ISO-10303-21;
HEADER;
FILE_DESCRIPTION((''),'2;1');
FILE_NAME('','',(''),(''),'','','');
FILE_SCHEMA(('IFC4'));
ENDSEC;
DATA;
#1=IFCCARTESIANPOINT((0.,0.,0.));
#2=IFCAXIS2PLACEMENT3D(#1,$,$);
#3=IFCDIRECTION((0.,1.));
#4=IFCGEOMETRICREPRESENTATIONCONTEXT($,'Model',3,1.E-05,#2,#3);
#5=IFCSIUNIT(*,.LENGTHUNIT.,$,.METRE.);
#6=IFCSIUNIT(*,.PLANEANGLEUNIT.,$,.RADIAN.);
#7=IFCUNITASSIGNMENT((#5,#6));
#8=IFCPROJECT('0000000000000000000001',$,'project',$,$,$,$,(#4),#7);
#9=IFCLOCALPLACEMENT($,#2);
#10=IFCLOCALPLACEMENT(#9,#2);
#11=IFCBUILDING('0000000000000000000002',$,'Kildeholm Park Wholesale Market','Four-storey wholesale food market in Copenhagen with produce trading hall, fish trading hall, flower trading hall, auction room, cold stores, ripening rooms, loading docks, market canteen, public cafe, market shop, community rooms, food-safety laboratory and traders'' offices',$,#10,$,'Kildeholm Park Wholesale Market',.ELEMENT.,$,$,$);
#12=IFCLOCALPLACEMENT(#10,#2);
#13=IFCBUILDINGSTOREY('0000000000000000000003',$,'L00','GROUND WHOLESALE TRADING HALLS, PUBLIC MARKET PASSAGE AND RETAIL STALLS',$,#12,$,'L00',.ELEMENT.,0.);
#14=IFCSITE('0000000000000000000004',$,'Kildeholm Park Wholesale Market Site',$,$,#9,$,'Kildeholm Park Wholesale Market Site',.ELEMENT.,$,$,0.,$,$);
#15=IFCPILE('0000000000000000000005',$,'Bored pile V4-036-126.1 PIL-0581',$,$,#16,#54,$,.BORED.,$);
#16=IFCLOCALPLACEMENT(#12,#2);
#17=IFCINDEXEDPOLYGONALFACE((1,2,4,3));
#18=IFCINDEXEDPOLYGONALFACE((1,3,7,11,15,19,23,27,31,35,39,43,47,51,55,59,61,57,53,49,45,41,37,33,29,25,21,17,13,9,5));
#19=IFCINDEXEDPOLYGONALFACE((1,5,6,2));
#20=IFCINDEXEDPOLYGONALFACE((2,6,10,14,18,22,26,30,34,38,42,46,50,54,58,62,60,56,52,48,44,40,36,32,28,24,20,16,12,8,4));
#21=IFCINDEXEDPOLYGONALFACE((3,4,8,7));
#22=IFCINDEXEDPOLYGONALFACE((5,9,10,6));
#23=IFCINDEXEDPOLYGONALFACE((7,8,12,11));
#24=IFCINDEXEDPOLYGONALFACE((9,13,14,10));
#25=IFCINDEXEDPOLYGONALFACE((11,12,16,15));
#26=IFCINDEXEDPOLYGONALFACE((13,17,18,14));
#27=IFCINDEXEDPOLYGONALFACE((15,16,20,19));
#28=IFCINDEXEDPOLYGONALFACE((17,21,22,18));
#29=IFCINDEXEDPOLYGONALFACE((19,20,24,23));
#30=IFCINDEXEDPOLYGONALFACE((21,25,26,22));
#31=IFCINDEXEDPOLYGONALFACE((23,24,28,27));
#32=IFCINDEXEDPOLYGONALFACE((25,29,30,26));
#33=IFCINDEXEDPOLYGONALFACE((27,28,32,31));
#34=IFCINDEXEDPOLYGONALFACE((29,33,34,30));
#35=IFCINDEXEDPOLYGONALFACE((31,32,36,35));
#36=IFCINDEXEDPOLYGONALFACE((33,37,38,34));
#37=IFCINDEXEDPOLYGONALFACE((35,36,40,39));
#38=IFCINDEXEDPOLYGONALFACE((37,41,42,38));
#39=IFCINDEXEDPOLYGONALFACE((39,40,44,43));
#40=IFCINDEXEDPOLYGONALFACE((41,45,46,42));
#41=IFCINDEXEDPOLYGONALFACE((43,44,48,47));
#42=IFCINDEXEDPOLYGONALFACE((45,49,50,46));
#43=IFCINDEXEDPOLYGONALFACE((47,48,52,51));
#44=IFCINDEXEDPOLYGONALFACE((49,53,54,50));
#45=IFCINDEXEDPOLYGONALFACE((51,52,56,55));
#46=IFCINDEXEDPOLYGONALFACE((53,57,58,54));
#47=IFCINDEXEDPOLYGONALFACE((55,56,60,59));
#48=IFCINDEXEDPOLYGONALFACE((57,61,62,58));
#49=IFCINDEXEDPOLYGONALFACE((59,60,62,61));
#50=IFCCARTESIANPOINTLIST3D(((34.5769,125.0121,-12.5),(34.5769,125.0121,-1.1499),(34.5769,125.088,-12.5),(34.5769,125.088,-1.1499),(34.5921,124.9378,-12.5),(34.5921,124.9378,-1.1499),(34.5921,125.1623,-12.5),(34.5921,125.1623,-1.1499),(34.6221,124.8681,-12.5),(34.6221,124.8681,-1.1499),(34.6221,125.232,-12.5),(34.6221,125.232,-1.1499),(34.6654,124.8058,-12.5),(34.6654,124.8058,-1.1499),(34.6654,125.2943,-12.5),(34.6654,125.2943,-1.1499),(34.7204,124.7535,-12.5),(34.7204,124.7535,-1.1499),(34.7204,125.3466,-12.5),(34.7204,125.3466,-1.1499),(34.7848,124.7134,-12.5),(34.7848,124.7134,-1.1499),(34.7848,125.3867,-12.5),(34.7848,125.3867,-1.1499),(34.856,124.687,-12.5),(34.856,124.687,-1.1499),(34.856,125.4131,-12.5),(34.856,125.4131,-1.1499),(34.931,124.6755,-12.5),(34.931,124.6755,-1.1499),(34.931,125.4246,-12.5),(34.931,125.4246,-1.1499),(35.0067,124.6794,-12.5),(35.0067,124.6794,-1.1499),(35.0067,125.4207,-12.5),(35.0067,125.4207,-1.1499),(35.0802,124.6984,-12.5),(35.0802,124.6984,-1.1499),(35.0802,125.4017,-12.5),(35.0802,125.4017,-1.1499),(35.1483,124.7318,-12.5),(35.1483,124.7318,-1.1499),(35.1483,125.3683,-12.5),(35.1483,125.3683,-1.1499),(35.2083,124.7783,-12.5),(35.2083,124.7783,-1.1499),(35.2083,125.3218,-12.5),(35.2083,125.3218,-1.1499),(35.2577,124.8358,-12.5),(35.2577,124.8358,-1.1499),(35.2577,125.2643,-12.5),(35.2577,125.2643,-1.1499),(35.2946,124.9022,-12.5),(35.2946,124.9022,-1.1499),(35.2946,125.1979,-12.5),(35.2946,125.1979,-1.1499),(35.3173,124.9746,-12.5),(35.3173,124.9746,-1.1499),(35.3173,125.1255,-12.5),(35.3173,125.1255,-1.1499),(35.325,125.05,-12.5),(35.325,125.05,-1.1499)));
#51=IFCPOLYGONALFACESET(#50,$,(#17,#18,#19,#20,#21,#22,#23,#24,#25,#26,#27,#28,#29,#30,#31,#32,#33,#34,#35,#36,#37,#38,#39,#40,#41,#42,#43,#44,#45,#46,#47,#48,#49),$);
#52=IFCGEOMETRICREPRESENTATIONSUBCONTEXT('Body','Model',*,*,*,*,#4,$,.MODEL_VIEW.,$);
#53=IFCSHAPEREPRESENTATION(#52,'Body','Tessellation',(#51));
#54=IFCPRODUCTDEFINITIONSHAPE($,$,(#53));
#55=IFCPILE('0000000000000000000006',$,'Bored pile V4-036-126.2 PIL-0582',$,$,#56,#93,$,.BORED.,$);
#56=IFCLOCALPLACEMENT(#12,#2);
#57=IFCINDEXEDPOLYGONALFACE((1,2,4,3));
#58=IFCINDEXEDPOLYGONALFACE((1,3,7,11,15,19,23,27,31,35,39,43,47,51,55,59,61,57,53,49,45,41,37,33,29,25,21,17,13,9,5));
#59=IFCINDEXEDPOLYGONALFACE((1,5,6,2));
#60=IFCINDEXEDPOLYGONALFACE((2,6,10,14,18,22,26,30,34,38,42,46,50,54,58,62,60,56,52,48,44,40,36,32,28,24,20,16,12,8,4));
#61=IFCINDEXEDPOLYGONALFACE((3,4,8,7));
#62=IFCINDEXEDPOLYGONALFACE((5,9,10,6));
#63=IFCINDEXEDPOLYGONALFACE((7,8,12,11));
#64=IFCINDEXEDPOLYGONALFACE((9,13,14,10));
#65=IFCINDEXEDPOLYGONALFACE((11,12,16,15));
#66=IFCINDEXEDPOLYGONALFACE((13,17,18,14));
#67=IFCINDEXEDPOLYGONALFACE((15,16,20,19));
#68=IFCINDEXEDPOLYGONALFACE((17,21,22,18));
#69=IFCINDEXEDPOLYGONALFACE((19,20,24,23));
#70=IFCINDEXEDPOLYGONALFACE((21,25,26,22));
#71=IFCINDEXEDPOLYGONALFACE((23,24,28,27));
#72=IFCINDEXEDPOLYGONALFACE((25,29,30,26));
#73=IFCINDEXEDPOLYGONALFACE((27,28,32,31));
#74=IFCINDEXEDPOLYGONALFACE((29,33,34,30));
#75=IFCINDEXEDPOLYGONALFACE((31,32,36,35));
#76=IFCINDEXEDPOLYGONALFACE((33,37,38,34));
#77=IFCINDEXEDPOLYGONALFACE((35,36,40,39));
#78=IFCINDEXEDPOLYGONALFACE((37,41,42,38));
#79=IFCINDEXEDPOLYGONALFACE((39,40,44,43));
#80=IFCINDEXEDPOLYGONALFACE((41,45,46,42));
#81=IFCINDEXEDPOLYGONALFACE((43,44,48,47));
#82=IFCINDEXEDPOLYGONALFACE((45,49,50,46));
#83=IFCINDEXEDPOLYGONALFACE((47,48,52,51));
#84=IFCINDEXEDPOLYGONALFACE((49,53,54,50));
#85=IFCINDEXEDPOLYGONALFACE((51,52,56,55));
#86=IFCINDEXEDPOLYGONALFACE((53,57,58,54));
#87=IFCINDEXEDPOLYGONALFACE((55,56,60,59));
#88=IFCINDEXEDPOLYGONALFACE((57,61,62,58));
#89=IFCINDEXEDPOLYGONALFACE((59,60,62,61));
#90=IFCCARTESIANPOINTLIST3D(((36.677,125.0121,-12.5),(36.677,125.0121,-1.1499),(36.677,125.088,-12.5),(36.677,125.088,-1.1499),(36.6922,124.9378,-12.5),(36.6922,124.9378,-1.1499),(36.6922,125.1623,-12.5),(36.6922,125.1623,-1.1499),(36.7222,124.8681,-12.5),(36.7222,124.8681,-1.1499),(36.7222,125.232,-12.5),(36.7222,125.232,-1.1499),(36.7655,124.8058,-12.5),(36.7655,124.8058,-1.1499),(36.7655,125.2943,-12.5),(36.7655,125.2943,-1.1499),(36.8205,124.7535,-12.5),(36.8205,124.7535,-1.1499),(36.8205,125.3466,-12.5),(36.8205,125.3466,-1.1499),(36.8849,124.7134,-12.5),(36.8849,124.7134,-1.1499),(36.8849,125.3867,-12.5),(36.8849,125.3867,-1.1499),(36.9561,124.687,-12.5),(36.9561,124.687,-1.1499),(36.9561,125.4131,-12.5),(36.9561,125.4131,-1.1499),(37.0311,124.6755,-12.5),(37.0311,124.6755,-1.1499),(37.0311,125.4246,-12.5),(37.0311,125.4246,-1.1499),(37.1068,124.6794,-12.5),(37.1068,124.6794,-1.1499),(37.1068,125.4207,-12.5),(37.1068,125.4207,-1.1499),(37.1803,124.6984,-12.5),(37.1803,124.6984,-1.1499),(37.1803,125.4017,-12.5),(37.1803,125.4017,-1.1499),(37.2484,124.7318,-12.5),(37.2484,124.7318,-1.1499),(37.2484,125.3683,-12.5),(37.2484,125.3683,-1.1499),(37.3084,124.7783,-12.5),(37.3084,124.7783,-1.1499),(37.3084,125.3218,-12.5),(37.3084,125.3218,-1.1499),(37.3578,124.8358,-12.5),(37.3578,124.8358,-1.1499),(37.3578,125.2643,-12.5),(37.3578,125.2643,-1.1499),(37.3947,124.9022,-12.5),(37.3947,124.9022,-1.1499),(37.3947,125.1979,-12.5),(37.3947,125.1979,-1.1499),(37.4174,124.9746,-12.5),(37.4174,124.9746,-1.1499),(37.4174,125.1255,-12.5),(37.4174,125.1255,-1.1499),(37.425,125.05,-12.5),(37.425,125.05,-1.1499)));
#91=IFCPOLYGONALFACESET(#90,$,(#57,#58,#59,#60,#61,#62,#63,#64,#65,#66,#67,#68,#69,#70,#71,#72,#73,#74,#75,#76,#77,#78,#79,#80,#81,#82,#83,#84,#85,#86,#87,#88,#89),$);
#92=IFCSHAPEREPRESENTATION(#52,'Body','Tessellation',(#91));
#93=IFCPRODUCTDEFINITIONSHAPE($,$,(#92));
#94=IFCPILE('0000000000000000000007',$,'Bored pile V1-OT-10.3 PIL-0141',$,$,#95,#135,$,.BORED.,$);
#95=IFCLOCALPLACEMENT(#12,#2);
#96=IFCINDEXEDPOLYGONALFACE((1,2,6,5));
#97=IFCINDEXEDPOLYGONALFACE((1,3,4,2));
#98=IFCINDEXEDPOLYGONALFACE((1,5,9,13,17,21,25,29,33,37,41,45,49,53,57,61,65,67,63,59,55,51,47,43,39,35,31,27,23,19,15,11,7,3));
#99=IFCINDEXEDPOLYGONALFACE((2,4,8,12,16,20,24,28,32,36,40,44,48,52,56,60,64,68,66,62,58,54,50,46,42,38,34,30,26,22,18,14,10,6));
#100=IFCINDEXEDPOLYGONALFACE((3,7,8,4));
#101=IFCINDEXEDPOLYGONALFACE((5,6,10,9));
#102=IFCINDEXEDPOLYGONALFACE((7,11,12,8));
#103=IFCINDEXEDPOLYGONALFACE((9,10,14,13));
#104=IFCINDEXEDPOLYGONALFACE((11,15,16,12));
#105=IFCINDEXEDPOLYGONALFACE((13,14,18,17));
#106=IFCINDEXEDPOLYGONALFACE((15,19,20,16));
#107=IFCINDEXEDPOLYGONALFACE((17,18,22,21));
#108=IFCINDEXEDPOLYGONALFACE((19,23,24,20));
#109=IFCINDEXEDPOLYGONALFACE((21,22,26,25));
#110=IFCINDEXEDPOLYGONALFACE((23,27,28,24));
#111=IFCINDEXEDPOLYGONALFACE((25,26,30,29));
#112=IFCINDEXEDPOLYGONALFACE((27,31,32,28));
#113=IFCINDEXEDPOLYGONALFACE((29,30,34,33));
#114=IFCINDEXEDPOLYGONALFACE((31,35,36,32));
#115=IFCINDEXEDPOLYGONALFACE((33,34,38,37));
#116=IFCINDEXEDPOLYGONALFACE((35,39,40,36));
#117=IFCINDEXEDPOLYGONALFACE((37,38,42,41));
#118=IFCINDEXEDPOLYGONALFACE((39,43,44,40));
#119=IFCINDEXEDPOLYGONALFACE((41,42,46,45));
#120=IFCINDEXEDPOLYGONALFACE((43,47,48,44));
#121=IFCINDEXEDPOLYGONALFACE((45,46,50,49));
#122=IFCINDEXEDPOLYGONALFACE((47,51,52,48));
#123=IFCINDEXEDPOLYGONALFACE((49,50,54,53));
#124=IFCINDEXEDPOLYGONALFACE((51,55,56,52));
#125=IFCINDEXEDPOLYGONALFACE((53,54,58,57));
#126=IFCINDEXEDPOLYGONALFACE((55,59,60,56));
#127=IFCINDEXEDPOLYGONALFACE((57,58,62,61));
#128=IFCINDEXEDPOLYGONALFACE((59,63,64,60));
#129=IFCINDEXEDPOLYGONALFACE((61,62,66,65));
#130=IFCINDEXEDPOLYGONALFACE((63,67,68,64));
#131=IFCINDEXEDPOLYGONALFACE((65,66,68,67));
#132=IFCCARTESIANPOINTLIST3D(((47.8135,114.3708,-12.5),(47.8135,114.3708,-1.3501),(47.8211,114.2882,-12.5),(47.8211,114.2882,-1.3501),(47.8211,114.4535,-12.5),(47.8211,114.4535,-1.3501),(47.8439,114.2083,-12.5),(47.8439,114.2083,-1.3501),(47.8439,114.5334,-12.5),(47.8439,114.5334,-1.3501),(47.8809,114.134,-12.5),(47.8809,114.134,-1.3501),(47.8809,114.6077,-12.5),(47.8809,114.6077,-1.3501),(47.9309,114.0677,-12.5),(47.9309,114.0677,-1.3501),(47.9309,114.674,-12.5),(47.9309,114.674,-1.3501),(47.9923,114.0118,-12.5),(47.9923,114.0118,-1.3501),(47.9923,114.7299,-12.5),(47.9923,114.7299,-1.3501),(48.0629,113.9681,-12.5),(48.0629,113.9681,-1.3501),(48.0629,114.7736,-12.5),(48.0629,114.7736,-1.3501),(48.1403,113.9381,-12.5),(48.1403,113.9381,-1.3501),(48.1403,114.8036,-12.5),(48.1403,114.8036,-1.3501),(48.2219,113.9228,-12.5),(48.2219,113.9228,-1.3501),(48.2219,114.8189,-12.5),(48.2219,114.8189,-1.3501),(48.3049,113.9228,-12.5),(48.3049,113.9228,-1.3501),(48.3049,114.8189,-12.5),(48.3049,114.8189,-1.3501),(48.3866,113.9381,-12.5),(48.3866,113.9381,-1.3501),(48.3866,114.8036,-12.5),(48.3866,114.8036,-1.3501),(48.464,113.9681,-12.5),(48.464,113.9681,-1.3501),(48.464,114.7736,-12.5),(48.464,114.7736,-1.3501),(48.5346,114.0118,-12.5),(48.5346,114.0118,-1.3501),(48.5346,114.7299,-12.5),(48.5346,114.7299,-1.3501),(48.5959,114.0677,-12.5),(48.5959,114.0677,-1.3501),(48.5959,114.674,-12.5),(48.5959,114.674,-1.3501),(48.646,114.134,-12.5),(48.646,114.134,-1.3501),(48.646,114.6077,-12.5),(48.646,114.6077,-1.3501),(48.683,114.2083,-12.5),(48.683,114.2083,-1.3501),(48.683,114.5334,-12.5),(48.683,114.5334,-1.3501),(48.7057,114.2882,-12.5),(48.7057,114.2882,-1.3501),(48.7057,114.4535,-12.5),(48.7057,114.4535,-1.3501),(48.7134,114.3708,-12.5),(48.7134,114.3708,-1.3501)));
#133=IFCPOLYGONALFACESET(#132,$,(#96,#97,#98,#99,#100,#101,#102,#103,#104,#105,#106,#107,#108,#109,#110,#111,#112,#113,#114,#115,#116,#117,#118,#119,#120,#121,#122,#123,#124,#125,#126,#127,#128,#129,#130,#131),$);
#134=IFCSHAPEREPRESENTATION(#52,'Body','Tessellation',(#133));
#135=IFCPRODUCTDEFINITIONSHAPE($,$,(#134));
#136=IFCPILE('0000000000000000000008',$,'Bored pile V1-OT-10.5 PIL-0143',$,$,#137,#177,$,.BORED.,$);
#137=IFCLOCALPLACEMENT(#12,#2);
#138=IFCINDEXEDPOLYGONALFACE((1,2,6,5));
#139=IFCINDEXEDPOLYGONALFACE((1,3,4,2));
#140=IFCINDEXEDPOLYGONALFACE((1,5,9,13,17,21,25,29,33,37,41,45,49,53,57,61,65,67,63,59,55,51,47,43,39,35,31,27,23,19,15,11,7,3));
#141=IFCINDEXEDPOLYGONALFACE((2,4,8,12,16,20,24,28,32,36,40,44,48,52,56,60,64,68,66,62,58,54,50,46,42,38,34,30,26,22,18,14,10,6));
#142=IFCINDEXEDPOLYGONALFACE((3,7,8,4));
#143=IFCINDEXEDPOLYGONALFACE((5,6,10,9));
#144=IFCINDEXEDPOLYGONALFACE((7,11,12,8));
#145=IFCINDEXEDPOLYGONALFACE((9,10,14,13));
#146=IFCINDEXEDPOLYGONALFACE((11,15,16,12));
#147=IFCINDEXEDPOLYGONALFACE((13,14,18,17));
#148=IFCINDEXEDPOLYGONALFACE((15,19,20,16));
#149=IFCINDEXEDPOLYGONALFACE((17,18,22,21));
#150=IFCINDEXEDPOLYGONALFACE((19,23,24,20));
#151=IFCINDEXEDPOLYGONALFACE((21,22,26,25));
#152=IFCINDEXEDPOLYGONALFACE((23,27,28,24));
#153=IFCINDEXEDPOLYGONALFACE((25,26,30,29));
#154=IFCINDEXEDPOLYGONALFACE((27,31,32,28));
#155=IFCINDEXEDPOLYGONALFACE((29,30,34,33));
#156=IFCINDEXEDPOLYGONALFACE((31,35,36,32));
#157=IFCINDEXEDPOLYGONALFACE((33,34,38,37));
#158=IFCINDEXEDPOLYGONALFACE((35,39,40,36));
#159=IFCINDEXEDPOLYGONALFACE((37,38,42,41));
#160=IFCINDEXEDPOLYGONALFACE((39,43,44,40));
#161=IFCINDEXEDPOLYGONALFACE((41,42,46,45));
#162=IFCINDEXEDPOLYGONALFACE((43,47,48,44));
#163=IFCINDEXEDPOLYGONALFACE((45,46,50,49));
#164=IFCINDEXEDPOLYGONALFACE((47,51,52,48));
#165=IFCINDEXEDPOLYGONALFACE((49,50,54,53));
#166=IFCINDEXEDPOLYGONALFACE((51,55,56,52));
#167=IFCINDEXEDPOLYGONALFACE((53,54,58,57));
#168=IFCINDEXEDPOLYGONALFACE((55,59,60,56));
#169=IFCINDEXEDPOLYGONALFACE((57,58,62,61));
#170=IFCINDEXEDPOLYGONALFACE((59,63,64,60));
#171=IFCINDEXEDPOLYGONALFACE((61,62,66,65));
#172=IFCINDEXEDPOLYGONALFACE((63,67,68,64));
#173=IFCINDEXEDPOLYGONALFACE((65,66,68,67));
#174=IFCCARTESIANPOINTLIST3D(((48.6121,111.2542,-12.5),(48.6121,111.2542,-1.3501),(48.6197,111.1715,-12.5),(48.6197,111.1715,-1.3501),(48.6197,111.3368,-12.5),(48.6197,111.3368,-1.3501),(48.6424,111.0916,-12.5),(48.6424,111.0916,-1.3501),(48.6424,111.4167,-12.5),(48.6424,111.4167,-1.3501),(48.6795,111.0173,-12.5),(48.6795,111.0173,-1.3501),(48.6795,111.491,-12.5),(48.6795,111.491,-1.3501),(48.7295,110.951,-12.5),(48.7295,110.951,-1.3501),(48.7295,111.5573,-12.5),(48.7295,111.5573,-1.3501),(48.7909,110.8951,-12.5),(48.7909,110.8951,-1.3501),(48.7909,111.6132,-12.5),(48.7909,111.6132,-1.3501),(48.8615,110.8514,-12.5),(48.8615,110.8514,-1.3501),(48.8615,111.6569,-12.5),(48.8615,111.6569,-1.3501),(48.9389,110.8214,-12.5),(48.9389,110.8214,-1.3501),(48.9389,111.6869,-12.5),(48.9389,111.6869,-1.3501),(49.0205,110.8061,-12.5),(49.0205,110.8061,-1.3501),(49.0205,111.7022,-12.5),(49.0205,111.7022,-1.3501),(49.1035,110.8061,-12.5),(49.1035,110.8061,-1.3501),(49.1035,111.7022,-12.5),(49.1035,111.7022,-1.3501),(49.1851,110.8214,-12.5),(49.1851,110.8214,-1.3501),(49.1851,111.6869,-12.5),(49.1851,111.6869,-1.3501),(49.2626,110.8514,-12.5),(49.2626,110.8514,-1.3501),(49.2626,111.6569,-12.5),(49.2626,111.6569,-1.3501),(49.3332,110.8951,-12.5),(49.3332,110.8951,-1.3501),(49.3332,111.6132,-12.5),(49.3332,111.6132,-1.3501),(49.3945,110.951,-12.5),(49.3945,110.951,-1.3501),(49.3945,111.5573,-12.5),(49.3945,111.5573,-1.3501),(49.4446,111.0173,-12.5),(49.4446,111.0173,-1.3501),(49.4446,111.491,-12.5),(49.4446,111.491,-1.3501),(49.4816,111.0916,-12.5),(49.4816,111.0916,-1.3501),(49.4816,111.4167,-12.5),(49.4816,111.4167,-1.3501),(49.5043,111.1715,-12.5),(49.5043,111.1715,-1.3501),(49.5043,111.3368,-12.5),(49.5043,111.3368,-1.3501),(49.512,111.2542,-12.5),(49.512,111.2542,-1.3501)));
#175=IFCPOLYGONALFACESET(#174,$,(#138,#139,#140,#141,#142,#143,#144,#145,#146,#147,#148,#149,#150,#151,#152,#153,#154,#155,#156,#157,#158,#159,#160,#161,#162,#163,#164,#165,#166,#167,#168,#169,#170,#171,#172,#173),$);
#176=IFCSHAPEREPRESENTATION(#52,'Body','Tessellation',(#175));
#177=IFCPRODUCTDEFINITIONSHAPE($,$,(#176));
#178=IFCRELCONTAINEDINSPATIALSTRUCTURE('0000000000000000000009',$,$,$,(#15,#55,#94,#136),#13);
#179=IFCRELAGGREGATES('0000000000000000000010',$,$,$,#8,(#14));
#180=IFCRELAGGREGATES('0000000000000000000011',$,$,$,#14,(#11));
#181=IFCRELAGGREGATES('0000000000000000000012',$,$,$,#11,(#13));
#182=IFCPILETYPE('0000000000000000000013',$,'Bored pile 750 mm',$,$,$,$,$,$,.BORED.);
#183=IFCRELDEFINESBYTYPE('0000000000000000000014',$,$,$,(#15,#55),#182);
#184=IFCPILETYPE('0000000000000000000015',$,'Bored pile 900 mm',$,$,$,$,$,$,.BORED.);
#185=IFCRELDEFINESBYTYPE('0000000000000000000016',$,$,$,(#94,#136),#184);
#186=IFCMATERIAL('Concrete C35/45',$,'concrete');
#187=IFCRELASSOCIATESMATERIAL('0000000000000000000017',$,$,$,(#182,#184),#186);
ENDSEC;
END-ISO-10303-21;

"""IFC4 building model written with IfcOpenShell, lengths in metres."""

from ifc_helpers import new_model, si_unit, direction, frame, origin, origin_2d, place, context, subcontext, project, spatial, circle, extrude, material, material_profile, profile_set, type_object, element, save


model = new_model("IFC4")

# Units and contexts
model_context = context("Model", 3, precision=1e-05, world=origin(), true_north=direction((0.0, 1.0)))
body_context = subcontext(model_context, "Body", "Model", "MODEL_VIEW")
ifc_project = project(units=[si_unit("LENGTHUNIT", "METRE"), si_unit("PLANEANGLEUNIT", "RADIAN")], contexts=[model_context])

# Site, building, storey
site_placement = place(None, origin())
site = spatial("IfcSite", under=ifc_project, at=site_placement, Name="Kildeholm Park Wholesale Market Site", LongName="Kildeholm Park Wholesale Market Site", CompositionType="ELEMENT", RefElevation=0.0)
building_placement = place(site_placement, origin())
building = spatial("IfcBuilding", under=site, at=building_placement, Name="Kildeholm Park Wholesale Market", Description="Four-storey wholesale food market in Copenhagen with produce trading hall, fish trading hall, flower trading hall, auction room, cold stores, ripening rooms, loading docks, market canteen, public cafe, market shop, community rooms, food-safety laboratory and traders' offices", LongName="Kildeholm Park Wholesale Market", CompositionType="ELEMENT")
storey_placement = place(building_placement, origin())
storey = spatial("IfcBuildingStorey", under=building, at=storey_placement, Name="L00", Description="GROUND WHOLESALE TRADING HALLS, PUBLIC MARKET PASSAGE AND RETAIL STALLS", LongName="L00", CompositionType="ELEMENT", Elevation=0.0)

# Piles
ifc_material_1 = material(Name="Concrete C35/45", Category="concrete")
ifc_material_profile_1 = material_profile(ifc_material_1, circle(Radius=0.375, at=origin_2d()), Name="PILE D750")
ifc_profile_set_1 = profile_set([ifc_material_profile_1], Name="Concrete C35/45")
pile_type_1 = type_object("IfcPileType", Name="Bored pile 750 mm", PredefinedType="BORED", material=ifc_profile_set_1)
for number, where, z_axis, x_axis, name in (
    (1, (34.95, 125.05, -1.1499), (0.0, 0.0, -1.0), (1.0, 0.0, 0.0), "Bored pile V4-036-126.1 PIL-0581"),
    (2, (37.05, 125.05, -1.1499), (0.0, 0.0, -1.0), (1.0, 0.0, 0.0), "Bored pile V4-036-126.2 PIL-0582"),
):
    element("IfcPile", number, at=place(storey_placement, frame(where, z_axis=z_axis, x_axis=x_axis)), inside=storey, type_object=pile_type_1, Name=name, PredefinedType="BORED", context=body_context, shape_type="SweptSolid", body=[
        extrude(circle(Radius=0.375, at=origin_2d()), origin(), (0.0, 0.0, 1.0), 11.3501),
    ])
ifc_material_profile_2 = material_profile(ifc_material_1, circle(Radius=0.45, at=origin_2d()), Name="PILE D900")
ifc_profile_set_2 = profile_set([ifc_material_profile_2], Name="Concrete C35/45")
pile_type_2 = type_object("IfcPileType", Name="Bored pile 900 mm", PredefinedType="BORED", material=ifc_profile_set_2)
for number, where, z_axis, x_axis, name in (
    (3, (48.2634, 114.3708, -1.3501), (0.0, 0.0, -1.0), (1.0, 0.0, 0.0), "Bored pile V1-OT-10.3 PIL-0141"),
    (4, (49.062, 111.2542, -1.3501), (0.0, 0.0, -1.0), (1.0, 0.0, 0.0), "Bored pile V1-OT-10.5 PIL-0143"),
):
    element("IfcPile", number, at=place(storey_placement, frame(where, z_axis=z_axis, x_axis=x_axis)), inside=storey, type_object=pile_type_2, Name=name, PredefinedType="BORED", context=body_context, shape_type="SweptSolid", body=[
        extrude(circle(Radius=0.45, at=origin_2d()), origin(), (0.0, 0.0, 1.0), 11.1499),
    ])

save(model, "model.ifc")
